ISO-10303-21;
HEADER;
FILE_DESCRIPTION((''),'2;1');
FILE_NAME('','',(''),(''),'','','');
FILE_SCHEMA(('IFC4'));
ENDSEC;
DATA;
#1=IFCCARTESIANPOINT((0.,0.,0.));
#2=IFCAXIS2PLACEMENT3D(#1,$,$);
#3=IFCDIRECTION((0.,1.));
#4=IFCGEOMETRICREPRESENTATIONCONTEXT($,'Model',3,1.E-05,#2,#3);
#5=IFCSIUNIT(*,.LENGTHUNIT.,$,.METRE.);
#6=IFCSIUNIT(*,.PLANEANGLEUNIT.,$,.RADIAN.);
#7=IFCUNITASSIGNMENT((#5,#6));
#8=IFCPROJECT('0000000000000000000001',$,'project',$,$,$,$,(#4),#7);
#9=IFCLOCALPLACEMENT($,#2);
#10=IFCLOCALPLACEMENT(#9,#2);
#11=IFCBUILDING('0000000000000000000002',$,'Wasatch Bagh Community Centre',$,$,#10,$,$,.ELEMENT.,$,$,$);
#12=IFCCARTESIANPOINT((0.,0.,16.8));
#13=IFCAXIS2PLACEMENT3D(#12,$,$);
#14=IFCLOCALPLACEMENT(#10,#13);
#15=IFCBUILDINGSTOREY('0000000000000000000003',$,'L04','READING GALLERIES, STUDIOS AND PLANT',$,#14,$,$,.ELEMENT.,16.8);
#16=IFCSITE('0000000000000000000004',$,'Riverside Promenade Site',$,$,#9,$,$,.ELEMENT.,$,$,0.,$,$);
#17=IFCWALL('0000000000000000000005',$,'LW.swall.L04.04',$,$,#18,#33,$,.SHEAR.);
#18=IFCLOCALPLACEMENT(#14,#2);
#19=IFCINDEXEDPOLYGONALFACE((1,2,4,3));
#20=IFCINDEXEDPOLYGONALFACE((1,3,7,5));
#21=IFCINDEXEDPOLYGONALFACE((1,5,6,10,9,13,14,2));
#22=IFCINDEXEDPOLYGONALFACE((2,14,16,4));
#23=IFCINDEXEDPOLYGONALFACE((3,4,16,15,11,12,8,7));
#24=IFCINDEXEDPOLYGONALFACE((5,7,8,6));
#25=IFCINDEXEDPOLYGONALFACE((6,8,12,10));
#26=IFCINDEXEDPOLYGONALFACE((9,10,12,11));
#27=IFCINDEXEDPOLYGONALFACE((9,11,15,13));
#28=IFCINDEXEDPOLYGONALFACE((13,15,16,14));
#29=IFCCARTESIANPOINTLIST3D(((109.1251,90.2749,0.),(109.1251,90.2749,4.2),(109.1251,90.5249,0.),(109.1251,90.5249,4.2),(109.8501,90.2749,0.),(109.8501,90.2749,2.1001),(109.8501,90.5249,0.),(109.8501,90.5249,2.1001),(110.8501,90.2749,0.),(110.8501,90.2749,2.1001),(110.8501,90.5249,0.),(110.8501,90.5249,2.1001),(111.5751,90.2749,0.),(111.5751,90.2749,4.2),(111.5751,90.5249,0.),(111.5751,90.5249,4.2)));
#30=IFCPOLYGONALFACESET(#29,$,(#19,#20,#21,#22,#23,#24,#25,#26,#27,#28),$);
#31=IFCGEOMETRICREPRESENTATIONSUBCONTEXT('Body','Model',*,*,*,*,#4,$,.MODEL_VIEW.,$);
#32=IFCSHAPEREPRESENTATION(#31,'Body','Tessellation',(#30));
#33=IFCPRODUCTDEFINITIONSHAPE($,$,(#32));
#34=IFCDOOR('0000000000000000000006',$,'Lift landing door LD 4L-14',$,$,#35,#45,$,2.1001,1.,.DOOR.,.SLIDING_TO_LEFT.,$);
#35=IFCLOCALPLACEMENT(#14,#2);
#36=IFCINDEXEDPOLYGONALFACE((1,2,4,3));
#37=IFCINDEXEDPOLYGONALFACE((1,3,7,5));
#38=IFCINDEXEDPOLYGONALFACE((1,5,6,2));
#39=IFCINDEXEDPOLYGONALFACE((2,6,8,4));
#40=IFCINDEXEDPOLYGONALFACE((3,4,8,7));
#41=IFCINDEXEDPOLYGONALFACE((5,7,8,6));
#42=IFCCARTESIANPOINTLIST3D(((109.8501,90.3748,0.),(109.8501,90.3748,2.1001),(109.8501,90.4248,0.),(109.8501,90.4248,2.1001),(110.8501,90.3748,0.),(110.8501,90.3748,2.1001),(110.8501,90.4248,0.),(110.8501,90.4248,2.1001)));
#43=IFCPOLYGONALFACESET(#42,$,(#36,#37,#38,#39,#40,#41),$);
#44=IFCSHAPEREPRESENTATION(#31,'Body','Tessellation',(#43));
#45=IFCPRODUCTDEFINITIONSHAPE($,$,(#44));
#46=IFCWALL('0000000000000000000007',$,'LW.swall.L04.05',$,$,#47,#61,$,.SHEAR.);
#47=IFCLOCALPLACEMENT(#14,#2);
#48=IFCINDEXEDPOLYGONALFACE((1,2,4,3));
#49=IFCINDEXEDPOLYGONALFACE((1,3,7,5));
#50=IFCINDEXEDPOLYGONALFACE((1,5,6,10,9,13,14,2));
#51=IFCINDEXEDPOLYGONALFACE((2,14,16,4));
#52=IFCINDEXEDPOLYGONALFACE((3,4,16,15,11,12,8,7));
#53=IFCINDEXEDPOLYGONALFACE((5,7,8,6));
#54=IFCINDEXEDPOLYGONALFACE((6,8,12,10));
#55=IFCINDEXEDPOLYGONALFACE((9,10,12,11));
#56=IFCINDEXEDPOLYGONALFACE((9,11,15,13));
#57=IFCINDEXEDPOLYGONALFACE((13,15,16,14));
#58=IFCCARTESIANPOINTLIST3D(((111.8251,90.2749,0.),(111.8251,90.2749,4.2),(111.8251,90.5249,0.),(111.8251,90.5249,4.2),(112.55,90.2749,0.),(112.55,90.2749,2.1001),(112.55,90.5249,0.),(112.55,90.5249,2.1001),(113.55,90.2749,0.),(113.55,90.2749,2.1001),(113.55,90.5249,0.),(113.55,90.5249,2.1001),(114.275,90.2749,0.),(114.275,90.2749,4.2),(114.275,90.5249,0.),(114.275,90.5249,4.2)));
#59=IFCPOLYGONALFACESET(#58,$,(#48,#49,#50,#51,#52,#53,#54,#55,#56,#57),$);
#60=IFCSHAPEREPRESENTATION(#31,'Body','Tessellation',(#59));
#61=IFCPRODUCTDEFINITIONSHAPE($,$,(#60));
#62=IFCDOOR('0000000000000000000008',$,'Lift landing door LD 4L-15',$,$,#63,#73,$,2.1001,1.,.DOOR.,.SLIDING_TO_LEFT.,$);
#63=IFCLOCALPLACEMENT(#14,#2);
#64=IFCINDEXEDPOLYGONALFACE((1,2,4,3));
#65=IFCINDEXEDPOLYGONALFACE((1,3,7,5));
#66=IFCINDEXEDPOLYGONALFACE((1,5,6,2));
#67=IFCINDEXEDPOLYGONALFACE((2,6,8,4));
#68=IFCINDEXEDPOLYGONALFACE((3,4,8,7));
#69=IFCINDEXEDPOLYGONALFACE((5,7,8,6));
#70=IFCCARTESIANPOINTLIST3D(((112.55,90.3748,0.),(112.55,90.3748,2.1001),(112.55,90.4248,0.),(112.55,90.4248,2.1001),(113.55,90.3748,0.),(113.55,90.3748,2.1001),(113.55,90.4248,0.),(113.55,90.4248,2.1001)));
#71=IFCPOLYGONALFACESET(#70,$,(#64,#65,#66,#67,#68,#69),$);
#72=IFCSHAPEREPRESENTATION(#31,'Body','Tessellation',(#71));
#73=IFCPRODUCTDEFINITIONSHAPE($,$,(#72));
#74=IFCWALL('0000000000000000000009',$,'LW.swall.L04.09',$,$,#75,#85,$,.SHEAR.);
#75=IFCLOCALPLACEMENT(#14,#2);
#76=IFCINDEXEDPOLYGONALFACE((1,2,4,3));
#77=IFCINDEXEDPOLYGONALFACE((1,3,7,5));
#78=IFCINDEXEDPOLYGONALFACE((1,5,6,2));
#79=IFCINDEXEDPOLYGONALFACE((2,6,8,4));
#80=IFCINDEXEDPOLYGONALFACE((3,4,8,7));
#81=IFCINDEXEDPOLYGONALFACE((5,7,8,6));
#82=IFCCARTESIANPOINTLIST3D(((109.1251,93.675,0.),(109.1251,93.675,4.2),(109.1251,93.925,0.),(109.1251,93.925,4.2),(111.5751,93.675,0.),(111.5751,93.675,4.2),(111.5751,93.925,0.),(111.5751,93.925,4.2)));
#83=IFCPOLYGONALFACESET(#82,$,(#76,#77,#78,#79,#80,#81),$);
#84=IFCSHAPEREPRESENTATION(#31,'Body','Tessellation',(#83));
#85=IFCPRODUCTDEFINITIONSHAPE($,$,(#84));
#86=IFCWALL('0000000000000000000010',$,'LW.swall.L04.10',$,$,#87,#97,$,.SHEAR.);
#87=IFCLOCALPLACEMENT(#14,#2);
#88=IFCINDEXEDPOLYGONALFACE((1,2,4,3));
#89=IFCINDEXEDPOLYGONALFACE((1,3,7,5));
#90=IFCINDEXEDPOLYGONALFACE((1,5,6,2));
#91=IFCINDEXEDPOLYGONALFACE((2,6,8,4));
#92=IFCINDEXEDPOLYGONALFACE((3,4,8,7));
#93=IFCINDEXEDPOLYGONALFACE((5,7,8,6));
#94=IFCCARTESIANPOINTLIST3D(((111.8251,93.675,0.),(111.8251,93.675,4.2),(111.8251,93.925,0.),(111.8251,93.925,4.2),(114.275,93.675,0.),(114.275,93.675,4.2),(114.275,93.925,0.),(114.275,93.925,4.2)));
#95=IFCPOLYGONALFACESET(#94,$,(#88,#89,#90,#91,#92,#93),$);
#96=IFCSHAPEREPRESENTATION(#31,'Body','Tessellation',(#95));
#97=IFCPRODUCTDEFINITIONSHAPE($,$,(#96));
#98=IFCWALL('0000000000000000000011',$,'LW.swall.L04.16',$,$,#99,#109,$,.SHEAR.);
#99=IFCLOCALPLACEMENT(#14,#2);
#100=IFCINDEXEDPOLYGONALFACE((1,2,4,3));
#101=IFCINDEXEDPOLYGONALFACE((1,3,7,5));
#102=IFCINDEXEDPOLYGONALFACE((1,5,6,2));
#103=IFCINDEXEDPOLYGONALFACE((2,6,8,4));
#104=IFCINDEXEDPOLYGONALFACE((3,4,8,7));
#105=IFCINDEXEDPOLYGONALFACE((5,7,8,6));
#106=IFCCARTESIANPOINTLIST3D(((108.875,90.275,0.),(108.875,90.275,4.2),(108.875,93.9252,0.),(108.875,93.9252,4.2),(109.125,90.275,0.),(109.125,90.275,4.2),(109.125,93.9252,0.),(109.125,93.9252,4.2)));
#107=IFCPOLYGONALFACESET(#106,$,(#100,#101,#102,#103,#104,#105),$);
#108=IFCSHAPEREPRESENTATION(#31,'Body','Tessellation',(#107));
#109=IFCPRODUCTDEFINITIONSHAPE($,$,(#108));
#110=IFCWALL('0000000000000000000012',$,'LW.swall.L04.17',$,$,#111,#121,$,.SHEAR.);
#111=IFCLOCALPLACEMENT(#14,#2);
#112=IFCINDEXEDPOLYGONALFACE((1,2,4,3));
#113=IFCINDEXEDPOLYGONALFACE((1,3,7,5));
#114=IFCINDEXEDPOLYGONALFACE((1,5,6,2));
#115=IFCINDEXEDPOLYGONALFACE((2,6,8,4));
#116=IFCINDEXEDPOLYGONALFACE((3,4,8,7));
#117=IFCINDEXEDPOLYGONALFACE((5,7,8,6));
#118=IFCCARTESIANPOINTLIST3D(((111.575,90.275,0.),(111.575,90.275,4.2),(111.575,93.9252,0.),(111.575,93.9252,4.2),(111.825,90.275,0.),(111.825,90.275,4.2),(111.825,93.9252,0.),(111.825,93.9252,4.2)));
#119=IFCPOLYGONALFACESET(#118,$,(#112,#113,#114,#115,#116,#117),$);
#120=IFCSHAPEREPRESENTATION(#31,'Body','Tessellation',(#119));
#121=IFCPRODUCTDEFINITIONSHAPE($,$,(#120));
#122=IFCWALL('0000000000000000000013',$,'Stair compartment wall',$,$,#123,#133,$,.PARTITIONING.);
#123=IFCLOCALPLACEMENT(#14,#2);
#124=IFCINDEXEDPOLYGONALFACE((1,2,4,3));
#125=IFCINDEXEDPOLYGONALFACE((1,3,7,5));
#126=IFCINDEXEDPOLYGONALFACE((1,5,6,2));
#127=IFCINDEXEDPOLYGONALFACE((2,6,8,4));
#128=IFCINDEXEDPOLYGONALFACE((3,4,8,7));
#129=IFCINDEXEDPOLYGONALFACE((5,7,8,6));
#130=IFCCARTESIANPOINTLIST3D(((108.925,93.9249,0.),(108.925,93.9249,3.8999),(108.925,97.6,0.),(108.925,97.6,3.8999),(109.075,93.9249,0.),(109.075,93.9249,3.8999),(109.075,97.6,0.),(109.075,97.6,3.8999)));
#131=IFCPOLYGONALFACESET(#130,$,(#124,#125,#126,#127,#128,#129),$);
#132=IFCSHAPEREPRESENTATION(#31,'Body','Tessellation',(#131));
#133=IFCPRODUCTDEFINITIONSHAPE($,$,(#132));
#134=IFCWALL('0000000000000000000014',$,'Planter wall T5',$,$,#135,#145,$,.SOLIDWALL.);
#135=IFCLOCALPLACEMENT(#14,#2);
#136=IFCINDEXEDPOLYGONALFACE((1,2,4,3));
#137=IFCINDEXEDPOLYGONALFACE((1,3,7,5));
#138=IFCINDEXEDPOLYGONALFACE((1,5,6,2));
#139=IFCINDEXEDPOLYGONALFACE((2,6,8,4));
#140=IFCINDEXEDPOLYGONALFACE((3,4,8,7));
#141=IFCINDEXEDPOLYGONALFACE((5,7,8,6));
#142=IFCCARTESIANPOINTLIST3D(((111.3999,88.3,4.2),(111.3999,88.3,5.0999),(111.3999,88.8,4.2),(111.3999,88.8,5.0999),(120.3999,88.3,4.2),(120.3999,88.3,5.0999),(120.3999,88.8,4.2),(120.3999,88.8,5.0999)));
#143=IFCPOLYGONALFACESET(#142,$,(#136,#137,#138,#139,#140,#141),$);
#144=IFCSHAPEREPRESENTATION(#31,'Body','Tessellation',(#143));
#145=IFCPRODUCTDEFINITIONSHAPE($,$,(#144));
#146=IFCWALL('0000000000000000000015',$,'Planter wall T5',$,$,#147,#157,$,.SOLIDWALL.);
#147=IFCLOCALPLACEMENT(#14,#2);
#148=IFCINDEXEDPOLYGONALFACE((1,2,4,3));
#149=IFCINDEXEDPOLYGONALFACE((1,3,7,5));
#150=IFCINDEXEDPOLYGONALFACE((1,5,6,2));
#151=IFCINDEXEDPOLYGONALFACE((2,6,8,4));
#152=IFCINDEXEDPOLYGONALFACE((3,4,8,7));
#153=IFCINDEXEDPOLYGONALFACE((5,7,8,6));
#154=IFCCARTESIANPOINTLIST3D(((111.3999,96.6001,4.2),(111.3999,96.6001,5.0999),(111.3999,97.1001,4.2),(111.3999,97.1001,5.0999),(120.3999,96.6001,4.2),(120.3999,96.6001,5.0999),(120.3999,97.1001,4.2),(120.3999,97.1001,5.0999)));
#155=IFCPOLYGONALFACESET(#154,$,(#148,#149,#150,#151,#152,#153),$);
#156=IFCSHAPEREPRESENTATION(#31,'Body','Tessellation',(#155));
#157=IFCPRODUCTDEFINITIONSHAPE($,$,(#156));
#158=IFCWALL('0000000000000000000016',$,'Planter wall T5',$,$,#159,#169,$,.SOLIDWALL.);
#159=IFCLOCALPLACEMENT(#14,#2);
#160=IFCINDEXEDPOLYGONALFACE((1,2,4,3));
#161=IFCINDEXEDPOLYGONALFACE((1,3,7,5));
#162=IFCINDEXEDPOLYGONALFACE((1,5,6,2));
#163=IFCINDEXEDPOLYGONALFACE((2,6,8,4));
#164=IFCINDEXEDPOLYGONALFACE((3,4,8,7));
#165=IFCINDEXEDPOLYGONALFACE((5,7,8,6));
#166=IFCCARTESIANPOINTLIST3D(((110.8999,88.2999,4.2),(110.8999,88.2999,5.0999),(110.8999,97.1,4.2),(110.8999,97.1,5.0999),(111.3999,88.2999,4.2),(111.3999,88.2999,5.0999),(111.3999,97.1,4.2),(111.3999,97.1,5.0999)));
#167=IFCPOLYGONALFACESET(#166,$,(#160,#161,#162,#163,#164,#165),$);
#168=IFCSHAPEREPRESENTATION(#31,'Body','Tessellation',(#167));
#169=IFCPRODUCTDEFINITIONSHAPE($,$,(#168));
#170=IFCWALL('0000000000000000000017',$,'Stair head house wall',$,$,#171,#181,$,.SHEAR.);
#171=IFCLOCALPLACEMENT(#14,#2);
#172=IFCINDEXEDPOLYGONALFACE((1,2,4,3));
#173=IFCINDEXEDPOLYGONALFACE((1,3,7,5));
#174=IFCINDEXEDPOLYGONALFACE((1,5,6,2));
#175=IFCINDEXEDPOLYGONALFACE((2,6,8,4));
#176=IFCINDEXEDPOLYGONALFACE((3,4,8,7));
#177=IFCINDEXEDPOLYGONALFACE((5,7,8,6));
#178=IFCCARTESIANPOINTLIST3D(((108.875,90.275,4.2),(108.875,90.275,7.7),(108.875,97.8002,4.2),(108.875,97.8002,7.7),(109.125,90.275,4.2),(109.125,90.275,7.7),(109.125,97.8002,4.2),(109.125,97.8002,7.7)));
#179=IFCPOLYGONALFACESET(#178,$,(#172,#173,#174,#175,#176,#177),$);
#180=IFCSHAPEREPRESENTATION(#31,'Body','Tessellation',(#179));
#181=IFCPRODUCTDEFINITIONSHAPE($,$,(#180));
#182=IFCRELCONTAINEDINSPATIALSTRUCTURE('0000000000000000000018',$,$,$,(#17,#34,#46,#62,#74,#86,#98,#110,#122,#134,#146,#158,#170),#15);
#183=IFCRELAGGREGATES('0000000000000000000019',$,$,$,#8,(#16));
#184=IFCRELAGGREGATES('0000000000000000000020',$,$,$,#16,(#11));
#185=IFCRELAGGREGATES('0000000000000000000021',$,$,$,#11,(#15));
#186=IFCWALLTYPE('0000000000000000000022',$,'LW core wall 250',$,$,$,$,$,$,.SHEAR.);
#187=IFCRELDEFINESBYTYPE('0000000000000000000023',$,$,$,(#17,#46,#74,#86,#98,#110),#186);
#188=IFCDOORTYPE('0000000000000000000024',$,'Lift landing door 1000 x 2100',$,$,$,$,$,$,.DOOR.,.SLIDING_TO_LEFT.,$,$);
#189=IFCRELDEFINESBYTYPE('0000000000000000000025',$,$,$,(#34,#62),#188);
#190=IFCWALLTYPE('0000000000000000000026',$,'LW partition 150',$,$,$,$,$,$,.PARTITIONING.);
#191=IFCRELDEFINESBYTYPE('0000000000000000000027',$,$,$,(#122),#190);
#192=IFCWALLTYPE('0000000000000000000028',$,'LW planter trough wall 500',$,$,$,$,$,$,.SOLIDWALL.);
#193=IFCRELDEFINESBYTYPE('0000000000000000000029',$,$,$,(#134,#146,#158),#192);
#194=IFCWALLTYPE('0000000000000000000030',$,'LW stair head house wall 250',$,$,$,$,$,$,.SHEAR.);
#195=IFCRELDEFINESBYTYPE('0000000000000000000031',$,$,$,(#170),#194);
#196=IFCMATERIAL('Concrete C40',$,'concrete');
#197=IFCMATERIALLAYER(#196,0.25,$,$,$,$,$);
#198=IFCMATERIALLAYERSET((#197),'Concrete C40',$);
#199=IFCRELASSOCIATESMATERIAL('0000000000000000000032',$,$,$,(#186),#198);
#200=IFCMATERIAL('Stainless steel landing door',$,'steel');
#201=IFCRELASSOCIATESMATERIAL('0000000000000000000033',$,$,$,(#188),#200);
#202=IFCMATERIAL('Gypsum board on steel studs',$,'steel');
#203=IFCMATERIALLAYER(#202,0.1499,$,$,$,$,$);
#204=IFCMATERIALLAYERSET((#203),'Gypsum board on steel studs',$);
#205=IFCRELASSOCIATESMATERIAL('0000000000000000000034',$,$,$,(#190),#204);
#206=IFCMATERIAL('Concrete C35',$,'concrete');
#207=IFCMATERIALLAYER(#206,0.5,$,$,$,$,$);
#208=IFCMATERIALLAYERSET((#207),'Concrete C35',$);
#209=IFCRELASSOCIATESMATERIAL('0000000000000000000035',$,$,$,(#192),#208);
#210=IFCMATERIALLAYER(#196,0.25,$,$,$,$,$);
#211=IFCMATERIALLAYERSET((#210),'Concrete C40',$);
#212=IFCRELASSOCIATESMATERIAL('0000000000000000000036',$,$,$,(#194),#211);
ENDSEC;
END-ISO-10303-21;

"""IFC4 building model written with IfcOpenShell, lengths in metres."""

from ifc_helpers import new_model, si_unit, direction, frame, frame_2d, origin, place, context, subcontext, project, spatial, rectangle, extrude, material, layer, layer_set, type_object, element, fill, save


model = new_model("IFC4")

# Units and contexts
model_context = context("Model", 3, precision=1e-05, world=origin(), true_north=direction((0.0, 1.0)))
body_context = subcontext(model_context, "Body", "Model", "MODEL_VIEW")
ifc_project = project(units=[si_unit("LENGTHUNIT", "METRE"), si_unit("PLANEANGLEUNIT", "RADIAN")], contexts=[model_context])

# Site, building, storey
site_placement = place(None, origin())
site = spatial("IfcSite", under=ifc_project, at=site_placement, Name="Riverside Promenade Site", CompositionType="ELEMENT", RefElevation=0.0)
building_placement = place(site_placement, origin())
building = spatial("IfcBuilding", under=site, at=building_placement, Name="Wasatch Bagh Community Centre", CompositionType="ELEMENT")
storey_placement = place(building_placement, frame((0.0, 0.0, 16.8)))
storey = spatial("IfcBuildingStorey", under=building, at=storey_placement, Name="L04", Description="READING GALLERIES, STUDIOS AND PLANT", CompositionType="ELEMENT", Elevation=16.8)

# Walls, openings, doors
ifc_material_1 = material(Name="Concrete C40", Category="concrete")
ifc_layer_1 = layer(ifc_material_1, 0.25)
ifc_layer_set_1 = layer_set([ifc_layer_1], Name="Concrete C40")
wall_type_1 = type_object("IfcWallType", Name="LW core wall 250", PredefinedType="SHEAR", material=ifc_layer_set_1)
wall_1_placement = place(storey_placement, frame((109.125, 90.3999, 0.0), z_axis=(0.0, 0.0, 1.0), x_axis=(1.0, 0.0, 0.0)))
wall_1 = element("IfcWall", 1, at=wall_1_placement, inside=storey, type_object=wall_type_1, Name="LW.swall.L04.04", PredefinedType="SHEAR", context=body_context, shape_type="SweptSolid", body=[
    extrude(rectangle(XDim=2.45, YDim=0.25, at=frame_2d((1.2251, 0.0))), origin(), (0.0, 0.0, 1.0), 4.2),
])
opening_1_placement = place(wall_1_placement, frame((0.7251, 0.0, 0.0)))
opening_1 = element("IfcOpeningElement", 2, at=opening_1_placement, cuts=wall_1, PredefinedType="OPENING", context=body_context, shape_type="SweptSolid", body=[
    extrude(rectangle(XDim=1.0, YDim=2.1001, at=frame_2d((0.5, 1.05))), frame((0.0, 0.135, 0.0), z_axis=(0.0, -1.0, 0.0), x_axis=(1.0, 0.0, 0.0)), (0.0, 0.0, 1.0), 0.27),
])
ifc_material_2 = material(Name="Stainless steel landing door", Category="steel")
door_type = type_object("IfcDoorType", Name="Lift landing door 1000 x 2100", OperationType="SLIDING_TO_LEFT", PredefinedType="DOOR", material=ifc_material_2)
door_1_placement = place(opening_1_placement, origin())
door_1 = element("IfcDoor", 3, at=door_1_placement, inside=storey, type_object=door_type, Name="Lift landing door LD 4L-14", OperationType="SLIDING_TO_LEFT", OverallHeight=2.1001, OverallWidth=1.0, PredefinedType="DOOR", context=body_context, shape_type="SweptSolid", body=[
    extrude(rectangle(XDim=1.0, YDim=2.1001, at=frame_2d((0.5, 1.05))), frame((0.0, 0.0249, 0.0), z_axis=(0.0, -1.0, 0.0), x_axis=(1.0, 0.0, 0.0)), (0.0, 0.0, 1.0), 0.05),
])
fill(opening_1, door_1)
wall_2_placement = place(storey_placement, frame((111.825, 90.3999, 0.0), z_axis=(0.0, 0.0, 1.0), x_axis=(1.0, 0.0, 0.0)))
wall_2 = element("IfcWall", 4, at=wall_2_placement, inside=storey, type_object=wall_type_1, Name="LW.swall.L04.05", PredefinedType="SHEAR", context=body_context, shape_type="SweptSolid", body=[
    extrude(rectangle(XDim=2.45, YDim=0.25, at=frame_2d((1.2251, 0.0))), origin(), (0.0, 0.0, 1.0), 4.2),
])
opening_2_placement = place(wall_2_placement, frame((0.7251, 0.0, 0.0)))
opening_2 = element("IfcOpeningElement", 5, at=opening_2_placement, cuts=wall_2, PredefinedType="OPENING", context=body_context, shape_type="SweptSolid", body=[
    extrude(rectangle(XDim=1.0, YDim=2.1001, at=frame_2d((0.5, 1.05))), frame((0.0, 0.135, 0.0), z_axis=(0.0, -1.0, 0.0), x_axis=(1.0, 0.0, 0.0)), (0.0, 0.0, 1.0), 0.27),
])
door_2_placement = place(opening_2_placement, origin())
door_2 = element("IfcDoor", 6, at=door_2_placement, inside=storey, type_object=door_type, Name="Lift landing door LD 4L-15", OperationType="SLIDING_TO_LEFT", OverallHeight=2.1001, OverallWidth=1.0, PredefinedType="DOOR", context=body_context, shape_type="SweptSolid", body=[
    extrude(rectangle(XDim=1.0, YDim=2.1001, at=frame_2d((0.5, 1.05))), frame((0.0, 0.0249, 0.0), z_axis=(0.0, -1.0, 0.0), x_axis=(1.0, 0.0, 0.0)), (0.0, 0.0, 1.0), 0.05),
])
fill(opening_2, door_2)

# Walls
for number, where, z_axis, x_axis, name in (
    (7, (109.125, 93.8, 0.0), (0.0, 0.0, 1.0), (1.0, 0.0, 0.0), "LW.swall.L04.09"),
    (8, (111.825, 93.8, 0.0), (0.0, 0.0, 1.0), (1.0, 0.0, 0.0), "LW.swall.L04.10"),
):
    element("IfcWall", number, at=place(storey_placement, frame(where, z_axis=z_axis, x_axis=x_axis)), inside=storey, type_object=wall_type_1, Name=name, PredefinedType="SHEAR", context=body_context, shape_type="SweptSolid", body=[
        extrude(rectangle(XDim=2.45, YDim=0.25, at=frame_2d((1.2251, 0.0))), origin(), (0.0, 0.0, 1.0), 4.2),
    ])
for number, where, z_axis, x_axis, name in (
    (9, (109.0, 90.2749, 0.0), (0.0, 0.0, 1.0), (0.0, 1.0, 0.0), "LW.swall.L04.16"),
    (10, (111.7, 90.2749, 0.0), (0.0, 0.0, 1.0), (0.0, 1.0, 0.0), "LW.swall.L04.17"),
):
    element("IfcWall", number, at=place(storey_placement, frame(where, z_axis=z_axis, x_axis=x_axis)), inside=storey, type_object=wall_type_1, Name=name, PredefinedType="SHEAR", context=body_context, shape_type="SweptSolid", body=[
        extrude(rectangle(XDim=3.6501, YDim=0.25, at=frame_2d((1.8252, 0.0))), origin(), (0.0, 0.0, 1.0), 4.2),
    ])
ifc_material_3 = material(Name="Gypsum board on steel studs", Category="steel")
ifc_layer_2 = layer(ifc_material_3, 0.1499)
ifc_layer_set_2 = layer_set([ifc_layer_2], Name="Gypsum board on steel studs")
wall_type_2 = type_object("IfcWallType", Name="LW partition 150", PredefinedType="PARTITIONING", material=ifc_layer_set_2)
wall_3_placement = place(storey_placement, frame((109.0, 93.925, 0.0), z_axis=(0.0, 0.0, 1.0), x_axis=(0.0, 1.0, 0.0)))
element("IfcWall", 11, at=wall_3_placement, inside=storey, type_object=wall_type_2, Name="Stair compartment wall", PredefinedType="PARTITIONING", context=body_context, shape_type="SweptSolid", body=[
    extrude(rectangle(XDim=3.675, YDim=0.1499, at=frame_2d((1.8374, 0.0))), origin(), (0.0, 0.0, 1.0), 3.8999),
])
ifc_material_4 = material(Name="Concrete C35", Category="concrete")
ifc_layer_3 = layer(ifc_material_4, 0.5)
ifc_layer_set_3 = layer_set([ifc_layer_3], Name="Concrete C35")
wall_type_3 = type_object("IfcWallType", Name="LW planter trough wall 500", PredefinedType="SOLIDWALL", material=ifc_layer_set_3)
for number, where, z_axis, x_axis, name in (
    (12, (111.3999, 88.55, 4.2), (0.0, 0.0, 1.0), (1.0, 0.0, 0.0), "Planter wall T5"),
    (13, (111.3999, 96.8501, 4.2), (0.0, 0.0, 1.0), (1.0, 0.0, 0.0), "Planter wall T5"),
):
    element("IfcWall", number, at=place(storey_placement, frame(where, z_axis=z_axis, x_axis=x_axis)), inside=storey, type_object=wall_type_3, Name=name, PredefinedType="SOLIDWALL", context=body_context, shape_type="SweptSolid", body=[
        extrude(rectangle(XDim=9.0, YDim=0.5, at=frame_2d((4.5, 0.0))), origin(), (0.0, 0.0, 1.0), 0.8999),
    ])
wall_4_placement = place(storey_placement, frame((111.1499, 88.3, 4.2), z_axis=(0.0, 0.0, 1.0), x_axis=(0.0, 1.0, 0.0)))
element("IfcWall", 14, at=wall_4_placement, inside=storey, type_object=wall_type_3, Name="Planter wall T5", PredefinedType="SOLIDWALL", context=body_context, shape_type="SweptSolid", body=[
    extrude(rectangle(XDim=8.8, YDim=0.5, at=frame_2d((4.3999, 0.0))), origin(), (0.0, 0.0, 1.0), 0.8999),
])
ifc_layer_4 = layer(ifc_material_1, 0.25)
ifc_layer_set_4 = layer_set([ifc_layer_4], Name="Concrete C40")
wall_type_4 = type_object("IfcWallType", Name="LW stair head house wall 250", PredefinedType="SHEAR", material=ifc_layer_set_4)
wall_5_placement = place(storey_placement, frame((109.0, 90.2749, 4.2), z_axis=(0.0, 0.0, 1.0), x_axis=(0.0, 1.0, 0.0)))
element("IfcWall", 15, at=wall_5_placement, inside=storey, type_object=wall_type_4, Name="Stair head house wall", PredefinedType="SHEAR", context=body_context, shape_type="SweptSolid", body=[
    extrude(rectangle(XDim=7.5251, YDim=0.25, at=frame_2d((3.7627, 0.0))), origin(), (0.0, 0.0, 1.0), 3.5),
])

save(model, "model.ifc")
